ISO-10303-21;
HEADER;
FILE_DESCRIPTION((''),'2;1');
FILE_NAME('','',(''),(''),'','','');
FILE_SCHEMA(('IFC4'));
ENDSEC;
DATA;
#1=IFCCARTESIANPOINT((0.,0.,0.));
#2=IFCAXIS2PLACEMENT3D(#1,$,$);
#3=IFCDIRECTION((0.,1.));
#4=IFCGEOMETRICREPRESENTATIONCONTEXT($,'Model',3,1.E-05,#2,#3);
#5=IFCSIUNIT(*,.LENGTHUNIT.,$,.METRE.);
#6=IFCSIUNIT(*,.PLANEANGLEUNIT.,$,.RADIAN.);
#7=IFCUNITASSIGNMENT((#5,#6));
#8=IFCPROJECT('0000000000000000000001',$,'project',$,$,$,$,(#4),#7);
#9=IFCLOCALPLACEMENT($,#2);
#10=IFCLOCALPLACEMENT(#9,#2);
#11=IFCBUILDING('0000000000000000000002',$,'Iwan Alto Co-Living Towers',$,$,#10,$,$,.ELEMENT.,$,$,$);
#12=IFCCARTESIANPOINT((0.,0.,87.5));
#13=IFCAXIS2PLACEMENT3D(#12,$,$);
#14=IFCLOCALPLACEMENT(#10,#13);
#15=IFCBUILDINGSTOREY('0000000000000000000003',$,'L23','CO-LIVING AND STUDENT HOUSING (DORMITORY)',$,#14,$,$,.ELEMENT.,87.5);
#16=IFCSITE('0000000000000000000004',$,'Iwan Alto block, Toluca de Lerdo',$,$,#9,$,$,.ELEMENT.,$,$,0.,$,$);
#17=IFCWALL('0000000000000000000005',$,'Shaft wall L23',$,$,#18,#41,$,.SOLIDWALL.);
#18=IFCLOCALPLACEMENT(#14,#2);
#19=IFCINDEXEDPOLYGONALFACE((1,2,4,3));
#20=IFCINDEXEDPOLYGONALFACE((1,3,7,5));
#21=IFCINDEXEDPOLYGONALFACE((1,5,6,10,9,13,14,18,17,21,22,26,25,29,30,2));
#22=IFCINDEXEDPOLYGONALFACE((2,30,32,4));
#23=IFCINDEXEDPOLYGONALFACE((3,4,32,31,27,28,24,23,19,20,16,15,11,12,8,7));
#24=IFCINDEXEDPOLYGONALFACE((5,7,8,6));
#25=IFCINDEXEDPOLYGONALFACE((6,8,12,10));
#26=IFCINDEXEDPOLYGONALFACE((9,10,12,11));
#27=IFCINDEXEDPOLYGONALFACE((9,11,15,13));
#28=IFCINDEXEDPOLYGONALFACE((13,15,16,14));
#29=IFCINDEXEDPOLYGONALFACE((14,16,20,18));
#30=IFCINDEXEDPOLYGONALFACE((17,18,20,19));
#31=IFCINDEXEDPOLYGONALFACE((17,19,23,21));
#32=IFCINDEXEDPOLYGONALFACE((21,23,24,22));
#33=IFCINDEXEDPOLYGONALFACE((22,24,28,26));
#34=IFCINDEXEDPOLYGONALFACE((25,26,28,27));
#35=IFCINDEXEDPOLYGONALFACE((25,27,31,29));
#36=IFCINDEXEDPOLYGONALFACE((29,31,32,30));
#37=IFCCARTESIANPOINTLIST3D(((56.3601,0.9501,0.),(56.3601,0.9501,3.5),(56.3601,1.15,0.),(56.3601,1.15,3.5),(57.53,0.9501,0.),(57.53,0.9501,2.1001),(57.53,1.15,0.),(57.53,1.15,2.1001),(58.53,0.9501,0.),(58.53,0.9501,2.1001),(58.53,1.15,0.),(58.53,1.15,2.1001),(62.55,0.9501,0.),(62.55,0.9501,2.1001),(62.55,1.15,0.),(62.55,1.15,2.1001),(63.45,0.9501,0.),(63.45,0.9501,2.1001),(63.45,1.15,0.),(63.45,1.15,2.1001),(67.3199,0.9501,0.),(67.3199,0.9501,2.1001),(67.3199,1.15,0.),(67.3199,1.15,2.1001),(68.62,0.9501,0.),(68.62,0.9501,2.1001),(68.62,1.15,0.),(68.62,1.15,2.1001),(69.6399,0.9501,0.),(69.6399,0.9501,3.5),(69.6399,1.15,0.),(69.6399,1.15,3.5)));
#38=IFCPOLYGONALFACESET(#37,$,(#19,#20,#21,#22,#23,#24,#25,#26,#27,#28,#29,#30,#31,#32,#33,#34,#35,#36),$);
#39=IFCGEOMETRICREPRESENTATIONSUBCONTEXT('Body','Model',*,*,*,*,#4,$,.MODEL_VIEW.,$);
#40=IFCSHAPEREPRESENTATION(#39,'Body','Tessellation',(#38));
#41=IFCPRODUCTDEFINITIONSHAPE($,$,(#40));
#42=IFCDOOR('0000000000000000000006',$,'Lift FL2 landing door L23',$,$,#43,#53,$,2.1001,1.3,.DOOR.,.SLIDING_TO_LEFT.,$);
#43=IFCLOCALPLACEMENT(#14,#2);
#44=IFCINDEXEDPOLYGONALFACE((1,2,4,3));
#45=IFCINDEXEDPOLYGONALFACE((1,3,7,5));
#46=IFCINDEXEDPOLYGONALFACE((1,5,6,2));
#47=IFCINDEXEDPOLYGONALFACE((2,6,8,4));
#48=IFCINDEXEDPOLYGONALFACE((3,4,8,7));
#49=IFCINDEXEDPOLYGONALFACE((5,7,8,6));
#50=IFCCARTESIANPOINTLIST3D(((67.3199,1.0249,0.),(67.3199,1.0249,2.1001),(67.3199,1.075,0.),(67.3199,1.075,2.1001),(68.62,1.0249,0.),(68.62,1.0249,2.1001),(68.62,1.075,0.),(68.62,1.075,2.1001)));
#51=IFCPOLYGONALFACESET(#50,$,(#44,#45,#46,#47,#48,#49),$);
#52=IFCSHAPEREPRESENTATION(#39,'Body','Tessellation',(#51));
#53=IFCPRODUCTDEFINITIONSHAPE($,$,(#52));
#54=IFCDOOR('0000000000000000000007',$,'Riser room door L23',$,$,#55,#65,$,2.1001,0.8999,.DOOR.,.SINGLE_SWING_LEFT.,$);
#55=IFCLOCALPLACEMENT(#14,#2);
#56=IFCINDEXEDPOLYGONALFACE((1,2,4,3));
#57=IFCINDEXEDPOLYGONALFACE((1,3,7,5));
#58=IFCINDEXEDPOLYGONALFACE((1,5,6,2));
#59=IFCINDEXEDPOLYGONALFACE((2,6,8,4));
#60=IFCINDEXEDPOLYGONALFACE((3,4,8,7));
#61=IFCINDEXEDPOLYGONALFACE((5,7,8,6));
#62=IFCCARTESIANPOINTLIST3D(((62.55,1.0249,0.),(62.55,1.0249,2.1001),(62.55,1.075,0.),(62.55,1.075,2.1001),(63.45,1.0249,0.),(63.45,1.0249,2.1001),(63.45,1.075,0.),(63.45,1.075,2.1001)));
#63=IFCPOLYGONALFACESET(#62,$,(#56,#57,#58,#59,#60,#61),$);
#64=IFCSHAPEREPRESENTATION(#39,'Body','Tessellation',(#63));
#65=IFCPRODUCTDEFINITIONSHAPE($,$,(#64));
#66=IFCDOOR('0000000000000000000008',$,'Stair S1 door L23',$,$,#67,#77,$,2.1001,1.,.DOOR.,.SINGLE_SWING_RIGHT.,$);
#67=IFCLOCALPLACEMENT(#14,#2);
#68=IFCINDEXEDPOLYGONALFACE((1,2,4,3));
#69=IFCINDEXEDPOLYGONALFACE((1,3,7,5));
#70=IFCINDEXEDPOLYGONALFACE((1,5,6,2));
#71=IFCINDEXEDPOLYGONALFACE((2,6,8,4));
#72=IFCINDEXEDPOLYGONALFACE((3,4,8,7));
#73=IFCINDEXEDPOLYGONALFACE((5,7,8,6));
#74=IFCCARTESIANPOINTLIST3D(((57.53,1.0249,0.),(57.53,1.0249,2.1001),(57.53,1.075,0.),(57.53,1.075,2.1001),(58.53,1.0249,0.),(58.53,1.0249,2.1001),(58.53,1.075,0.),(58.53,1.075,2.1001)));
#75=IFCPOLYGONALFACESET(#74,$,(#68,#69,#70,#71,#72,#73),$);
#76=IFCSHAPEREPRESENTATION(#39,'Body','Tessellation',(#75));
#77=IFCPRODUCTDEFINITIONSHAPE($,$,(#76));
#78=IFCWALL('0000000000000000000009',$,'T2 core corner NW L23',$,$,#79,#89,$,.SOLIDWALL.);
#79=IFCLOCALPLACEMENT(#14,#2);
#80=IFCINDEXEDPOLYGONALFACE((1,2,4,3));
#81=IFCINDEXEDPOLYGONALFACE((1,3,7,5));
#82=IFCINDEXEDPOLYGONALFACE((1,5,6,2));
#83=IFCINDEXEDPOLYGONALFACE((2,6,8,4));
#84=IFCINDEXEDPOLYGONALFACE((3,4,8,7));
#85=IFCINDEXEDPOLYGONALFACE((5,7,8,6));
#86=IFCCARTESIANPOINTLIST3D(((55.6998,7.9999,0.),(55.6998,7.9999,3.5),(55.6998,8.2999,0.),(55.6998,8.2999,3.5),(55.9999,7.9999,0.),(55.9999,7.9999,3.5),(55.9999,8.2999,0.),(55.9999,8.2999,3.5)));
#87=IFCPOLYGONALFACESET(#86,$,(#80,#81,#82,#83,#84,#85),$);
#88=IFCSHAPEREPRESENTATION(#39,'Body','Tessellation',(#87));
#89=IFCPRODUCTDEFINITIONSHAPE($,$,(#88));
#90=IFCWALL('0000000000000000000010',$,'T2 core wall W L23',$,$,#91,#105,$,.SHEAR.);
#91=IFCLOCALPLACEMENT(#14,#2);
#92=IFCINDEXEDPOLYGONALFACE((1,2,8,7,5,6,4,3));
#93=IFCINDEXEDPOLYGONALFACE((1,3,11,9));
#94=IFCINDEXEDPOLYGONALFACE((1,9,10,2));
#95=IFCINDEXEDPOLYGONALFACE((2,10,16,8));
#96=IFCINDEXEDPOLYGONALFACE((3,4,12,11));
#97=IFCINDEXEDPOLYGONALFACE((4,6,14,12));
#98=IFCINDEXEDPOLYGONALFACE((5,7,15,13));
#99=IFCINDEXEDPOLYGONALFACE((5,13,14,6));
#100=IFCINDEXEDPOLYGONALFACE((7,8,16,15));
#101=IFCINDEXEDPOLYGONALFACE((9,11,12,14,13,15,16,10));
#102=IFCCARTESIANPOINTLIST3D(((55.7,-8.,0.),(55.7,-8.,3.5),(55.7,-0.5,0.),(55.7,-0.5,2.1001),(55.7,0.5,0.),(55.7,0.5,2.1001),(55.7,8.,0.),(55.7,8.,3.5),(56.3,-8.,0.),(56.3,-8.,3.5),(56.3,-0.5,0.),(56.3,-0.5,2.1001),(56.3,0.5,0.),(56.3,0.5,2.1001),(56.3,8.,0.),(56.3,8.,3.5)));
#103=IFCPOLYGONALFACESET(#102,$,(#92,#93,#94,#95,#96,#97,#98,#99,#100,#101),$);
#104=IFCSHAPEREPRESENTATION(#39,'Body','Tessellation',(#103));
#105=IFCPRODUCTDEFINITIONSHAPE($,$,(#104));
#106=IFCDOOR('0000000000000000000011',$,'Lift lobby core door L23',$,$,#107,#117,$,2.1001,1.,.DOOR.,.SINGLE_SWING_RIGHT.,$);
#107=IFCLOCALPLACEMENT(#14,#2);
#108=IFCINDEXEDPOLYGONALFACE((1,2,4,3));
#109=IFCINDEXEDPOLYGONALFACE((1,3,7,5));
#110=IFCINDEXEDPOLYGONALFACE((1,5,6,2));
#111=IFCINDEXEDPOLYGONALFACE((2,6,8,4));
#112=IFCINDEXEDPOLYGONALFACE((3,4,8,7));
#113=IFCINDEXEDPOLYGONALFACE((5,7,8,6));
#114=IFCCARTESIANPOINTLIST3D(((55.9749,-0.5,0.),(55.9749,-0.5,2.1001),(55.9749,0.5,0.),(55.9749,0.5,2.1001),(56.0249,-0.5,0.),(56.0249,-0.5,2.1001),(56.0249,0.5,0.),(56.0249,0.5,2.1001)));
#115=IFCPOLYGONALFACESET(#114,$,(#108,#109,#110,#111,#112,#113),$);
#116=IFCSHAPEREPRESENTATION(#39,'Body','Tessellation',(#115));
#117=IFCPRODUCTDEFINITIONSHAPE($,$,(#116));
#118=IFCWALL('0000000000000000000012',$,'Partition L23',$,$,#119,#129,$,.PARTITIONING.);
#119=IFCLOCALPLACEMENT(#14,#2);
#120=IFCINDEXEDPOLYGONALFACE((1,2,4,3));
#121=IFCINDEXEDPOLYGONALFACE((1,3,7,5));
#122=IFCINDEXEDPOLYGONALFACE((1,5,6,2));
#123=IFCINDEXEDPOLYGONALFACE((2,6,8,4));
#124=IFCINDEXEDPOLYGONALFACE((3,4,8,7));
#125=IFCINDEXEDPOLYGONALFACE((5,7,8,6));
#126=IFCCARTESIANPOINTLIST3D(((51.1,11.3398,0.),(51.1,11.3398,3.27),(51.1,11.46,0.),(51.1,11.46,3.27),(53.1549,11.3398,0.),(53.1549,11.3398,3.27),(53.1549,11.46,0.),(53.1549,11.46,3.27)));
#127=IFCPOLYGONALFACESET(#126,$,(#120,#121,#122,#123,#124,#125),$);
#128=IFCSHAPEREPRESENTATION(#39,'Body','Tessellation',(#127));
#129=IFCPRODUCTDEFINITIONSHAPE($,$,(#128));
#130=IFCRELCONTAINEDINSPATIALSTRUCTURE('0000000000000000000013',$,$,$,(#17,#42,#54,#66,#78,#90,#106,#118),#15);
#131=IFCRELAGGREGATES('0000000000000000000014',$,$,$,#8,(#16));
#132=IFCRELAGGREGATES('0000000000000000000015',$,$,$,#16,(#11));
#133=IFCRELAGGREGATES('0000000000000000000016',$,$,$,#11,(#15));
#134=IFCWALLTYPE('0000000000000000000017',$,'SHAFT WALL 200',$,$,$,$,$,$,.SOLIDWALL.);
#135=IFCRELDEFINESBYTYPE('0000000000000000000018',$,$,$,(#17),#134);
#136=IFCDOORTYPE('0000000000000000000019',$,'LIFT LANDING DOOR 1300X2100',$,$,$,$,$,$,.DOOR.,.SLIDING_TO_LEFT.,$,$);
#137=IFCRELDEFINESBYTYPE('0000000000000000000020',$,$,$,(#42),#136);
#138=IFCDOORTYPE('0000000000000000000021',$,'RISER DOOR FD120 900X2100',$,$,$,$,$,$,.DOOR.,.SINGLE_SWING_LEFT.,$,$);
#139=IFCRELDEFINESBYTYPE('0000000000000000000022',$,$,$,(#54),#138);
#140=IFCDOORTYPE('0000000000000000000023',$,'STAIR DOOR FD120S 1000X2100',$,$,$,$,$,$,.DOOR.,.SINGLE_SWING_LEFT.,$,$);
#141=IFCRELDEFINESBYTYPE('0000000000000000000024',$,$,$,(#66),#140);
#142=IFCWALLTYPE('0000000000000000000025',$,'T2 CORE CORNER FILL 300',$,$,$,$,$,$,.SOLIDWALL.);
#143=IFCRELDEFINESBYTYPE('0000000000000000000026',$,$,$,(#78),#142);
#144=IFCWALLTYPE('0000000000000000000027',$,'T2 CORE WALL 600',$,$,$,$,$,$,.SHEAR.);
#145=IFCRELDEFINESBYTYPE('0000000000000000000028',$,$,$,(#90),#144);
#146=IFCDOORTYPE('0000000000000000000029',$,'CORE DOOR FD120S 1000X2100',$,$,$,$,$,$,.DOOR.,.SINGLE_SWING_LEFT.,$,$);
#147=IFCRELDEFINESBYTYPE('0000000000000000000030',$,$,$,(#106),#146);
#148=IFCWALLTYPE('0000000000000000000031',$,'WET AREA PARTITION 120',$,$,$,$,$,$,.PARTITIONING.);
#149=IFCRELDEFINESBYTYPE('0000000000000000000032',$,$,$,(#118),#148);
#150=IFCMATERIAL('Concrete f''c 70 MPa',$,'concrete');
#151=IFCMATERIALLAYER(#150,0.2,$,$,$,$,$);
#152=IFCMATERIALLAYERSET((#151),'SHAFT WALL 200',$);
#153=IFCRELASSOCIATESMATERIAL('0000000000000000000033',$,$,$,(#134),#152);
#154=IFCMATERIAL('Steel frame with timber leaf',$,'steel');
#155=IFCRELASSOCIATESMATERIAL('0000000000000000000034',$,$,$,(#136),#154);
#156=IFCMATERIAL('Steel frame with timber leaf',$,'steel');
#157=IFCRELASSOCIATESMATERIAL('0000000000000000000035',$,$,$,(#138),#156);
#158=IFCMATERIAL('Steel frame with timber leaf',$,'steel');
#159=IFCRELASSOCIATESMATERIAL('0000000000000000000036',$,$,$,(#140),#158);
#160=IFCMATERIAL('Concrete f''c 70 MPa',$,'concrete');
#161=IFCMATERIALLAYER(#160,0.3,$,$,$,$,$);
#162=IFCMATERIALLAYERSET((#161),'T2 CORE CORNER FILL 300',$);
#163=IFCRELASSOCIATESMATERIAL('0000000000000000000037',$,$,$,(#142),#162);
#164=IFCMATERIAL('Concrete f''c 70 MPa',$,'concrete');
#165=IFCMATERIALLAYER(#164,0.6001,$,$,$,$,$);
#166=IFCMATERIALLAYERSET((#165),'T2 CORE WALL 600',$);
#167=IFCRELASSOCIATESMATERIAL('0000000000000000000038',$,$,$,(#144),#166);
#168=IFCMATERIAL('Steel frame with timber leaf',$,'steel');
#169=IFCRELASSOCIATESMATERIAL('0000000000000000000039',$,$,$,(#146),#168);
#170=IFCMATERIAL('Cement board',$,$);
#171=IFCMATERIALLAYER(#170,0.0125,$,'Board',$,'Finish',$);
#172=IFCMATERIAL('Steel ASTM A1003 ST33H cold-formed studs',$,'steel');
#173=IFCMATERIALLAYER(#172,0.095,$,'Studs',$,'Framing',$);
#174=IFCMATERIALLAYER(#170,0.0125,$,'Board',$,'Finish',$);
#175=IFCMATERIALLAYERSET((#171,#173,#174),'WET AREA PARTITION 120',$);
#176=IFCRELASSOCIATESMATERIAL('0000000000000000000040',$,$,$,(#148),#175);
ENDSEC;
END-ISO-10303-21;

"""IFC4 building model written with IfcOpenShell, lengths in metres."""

from ifc_helpers import new_model, si_unit, direction, frame, frame_2d, origin, place, context, subcontext, project, spatial, rectangle, extrude, material, layer, layer_set, type_object, element, fill, save


model = new_model("IFC4")

# Units and contexts
model_context = context("Model", 3, precision=1e-05, world=origin(), true_north=direction((0.0, 1.0)))
body_context = subcontext(model_context, "Body", "Model", "MODEL_VIEW")
ifc_project = project(units=[si_unit("LENGTHUNIT", "METRE"), si_unit("PLANEANGLEUNIT", "RADIAN")], contexts=[model_context])

# Site, building, storey
site_placement = place(None, origin())
site = spatial("IfcSite", under=ifc_project, at=site_placement, Name="Iwan Alto block, Toluca de Lerdo", CompositionType="ELEMENT", RefElevation=0.0)
building_placement = place(site_placement, origin())
building = spatial("IfcBuilding", under=site, at=building_placement, Name="Iwan Alto Co-Living Towers", CompositionType="ELEMENT")
storey_placement = place(building_placement, frame((0.0, 0.0, 87.5)))
storey = spatial("IfcBuildingStorey", under=building, at=storey_placement, Name="L23", Description="CO-LIVING AND STUDENT HOUSING (DORMITORY)", CompositionType="ELEMENT", Elevation=87.5)

# Shared definitions
ifc_material_1 = material(Name="Steel ASTM A1003 ST33H cold-formed studs", Category="steel")

# Wall, openings, doors
ifc_material_2 = material(Name="Concrete f'c 70 MPa", Category="concrete")
ifc_layer_1 = layer(ifc_material_2, 0.2)
ifc_layer_set_1 = layer_set([ifc_layer_1], Name="SHAFT WALL 200")
wall_type_1 = type_object("IfcWallType", Name="SHAFT WALL 200", PredefinedType="SOLIDWALL", material=ifc_layer_set_1)
wall_1_placement = place(storey_placement, frame((56.3601, 1.05, 0.0), z_axis=(0.0, 0.0, 1.0), x_axis=(1.0, 0.0, 0.0)))
wall_1 = element("IfcWall", 1, at=wall_1_placement, inside=storey, type_object=wall_type_1, Name="Shaft wall L23", PredefinedType="SOLIDWALL", context=body_context, shape_type="SweptSolid", body=[
    extrude(rectangle(XDim=13.2798, YDim=0.2, at=frame_2d((6.6399, 0.0))), origin(), (0.0, 0.0, 1.0), 3.5),
])
opening_1_placement = place(wall_1_placement, frame((1.1699, 0.0, 0.0)))
opening_1 = element("IfcOpeningElement", 2, at=opening_1_placement, cuts=wall_1, PredefinedType="OPENING", context=body_context, shape_type="SweptSolid", body=[
    extrude(rectangle(XDim=1.0, YDim=2.1001, at=frame_2d((0.5, 1.05))), frame((0.0, 0.1099, 0.0), z_axis=(0.0, -1.0, 0.0), x_axis=(1.0, 0.0, 0.0)), (0.0, 0.0, 1.0), 0.22),
])
opening_2_placement = place(wall_1_placement, frame((6.1899, 0.0, 0.0)))
opening_2 = element("IfcOpeningElement", 3, at=opening_2_placement, cuts=wall_1, PredefinedType="OPENING", context=body_context, shape_type="SweptSolid", body=[
    extrude(rectangle(XDim=0.8999, YDim=2.1001, at=frame_2d((0.45, 1.05))), frame((0.0, 0.1099, 0.0), z_axis=(0.0, -1.0, 0.0), x_axis=(1.0, 0.0, 0.0)), (0.0, 0.0, 1.0), 0.22),
])
opening_3_placement = place(wall_1_placement, frame((10.96, 0.0, 0.0)))
opening_3 = element("IfcOpeningElement", 4, at=opening_3_placement, cuts=wall_1, PredefinedType="OPENING", context=body_context, shape_type="SweptSolid", body=[
    extrude(rectangle(XDim=1.3, YDim=2.1001, at=frame_2d((0.6499, 1.05))), frame((0.0, 0.1099, 0.0), z_axis=(0.0, -1.0, 0.0), x_axis=(1.0, 0.0, 0.0)), (0.0, 0.0, 1.0), 0.22),
])
ifc_material_3 = material(Name="Steel frame with timber leaf", Category="steel")
door_type_1 = type_object("IfcDoorType", Name="LIFT LANDING DOOR 1300X2100", OperationType="SLIDING_TO_LEFT", PredefinedType="DOOR", material=ifc_material_3)
door_1_placement = place(opening_3_placement, origin())
door_1 = element("IfcDoor", 5, at=door_1_placement, inside=storey, type_object=door_type_1, Name="Lift FL2 landing door L23", OperationType="SLIDING_TO_LEFT", OverallHeight=2.1001, OverallWidth=1.3, PredefinedType="DOOR", context=body_context, shape_type="SweptSolid", body=[
    extrude(rectangle(XDim=1.3, YDim=2.1001, at=frame_2d((0.6499, 1.05))), frame((0.0, 0.0249, 0.0), z_axis=(0.0, -1.0, 0.0), x_axis=(1.0, 0.0, 0.0)), (0.0, 0.0, 1.0), 0.05),
])
fill(opening_3, door_1)
ifc_material_4 = material(Name="Steel frame with timber leaf", Category="steel")
door_type_2 = type_object("IfcDoorType", Name="RISER DOOR FD120 900X2100", OperationType="SINGLE_SWING_LEFT", PredefinedType="DOOR", material=ifc_material_4)
door_2_placement = place(opening_2_placement, origin())
door_2 = element("IfcDoor", 6, at=door_2_placement, inside=storey, type_object=door_type_2, Name="Riser room door L23", OperationType="SINGLE_SWING_LEFT", OverallHeight=2.1001, OverallWidth=0.8999, PredefinedType="DOOR", context=body_context, shape_type="SweptSolid", body=[
    extrude(rectangle(XDim=0.8999, YDim=2.1001, at=frame_2d((0.45, 1.05))), frame((0.0, 0.0249, 0.0), z_axis=(0.0, -1.0, 0.0), x_axis=(1.0, 0.0, 0.0)), (0.0, 0.0, 1.0), 0.05),
])
fill(opening_2, door_2)
ifc_material_5 = material(Name="Steel frame with timber leaf", Category="steel")
door_type_3 = type_object("IfcDoorType", Name="STAIR DOOR FD120S 1000X2100", OperationType="SINGLE_SWING_LEFT", PredefinedType="DOOR", material=ifc_material_5)
door_3_placement = place(opening_1_placement, origin())
door_3 = element("IfcDoor", 7, at=door_3_placement, inside=storey, type_object=door_type_3, Name="Stair S1 door L23", OperationType="SINGLE_SWING_RIGHT", OverallHeight=2.1001, OverallWidth=1.0, PredefinedType="DOOR", context=body_context, shape_type="SweptSolid", body=[
    extrude(rectangle(XDim=1.0, YDim=2.1001, at=frame_2d((0.5, 1.05))), frame((0.0, 0.0249, 0.0), z_axis=(0.0, -1.0, 0.0), x_axis=(1.0, 0.0, 0.0)), (0.0, 0.0, 1.0), 0.05),
])
fill(opening_1, door_3)

# Wall
ifc_material_6 = material(Name="Concrete f'c 70 MPa", Category="concrete")
ifc_layer_2 = layer(ifc_material_6, 0.3)
ifc_layer_set_2 = layer_set([ifc_layer_2], Name="T2 CORE CORNER FILL 300")
wall_type_2 = type_object("IfcWallType", Name="T2 CORE CORNER FILL 300", PredefinedType="SOLIDWALL", material=ifc_layer_set_2)
wall_2_placement = place(storey_placement, frame((55.7, 8.1499, 0.0), z_axis=(0.0, 0.0, 1.0), x_axis=(1.0, 0.0, 0.0)))
element("IfcWall", 8, at=wall_2_placement, inside=storey, type_object=wall_type_2, Name="T2 core corner NW L23", PredefinedType="SOLIDWALL", context=body_context, shape_type="SweptSolid", body=[
    extrude(rectangle(XDim=0.3, YDim=0.3, at=frame_2d((0.1499, 0.0))), origin(), (0.0, 0.0, 1.0), 3.5),
])

# Wall, opening, door
ifc_material_7 = material(Name="Concrete f'c 70 MPa", Category="concrete")
ifc_layer_3 = layer(ifc_material_7, 0.6001)
ifc_layer_set_3 = layer_set([ifc_layer_3], Name="T2 CORE WALL 600")
wall_type_3 = type_object("IfcWallType", Name="T2 CORE WALL 600", PredefinedType="SHEAR", material=ifc_layer_set_3)
wall_3_placement = place(storey_placement, frame((56.0, 8.0, 0.0), z_axis=(0.0, 0.0, 1.0), x_axis=(0.0, -1.0, 0.0)))
wall_3 = element("IfcWall", 9, at=wall_3_placement, inside=storey, type_object=wall_type_3, Name="T2 core wall W L23", PredefinedType="SHEAR", context=body_context, shape_type="SweptSolid", body=[
    extrude(rectangle(XDim=16.0, YDim=0.6001, at=frame_2d((8.0, 0.0))), origin(), (0.0, 0.0, 1.0), 3.5),
])
opening_4_placement = place(wall_3_placement, frame((7.5, 0.0, 0.0)))
opening_4 = element("IfcOpeningElement", 10, at=opening_4_placement, cuts=wall_3, PredefinedType="OPENING", context=body_context, shape_type="SweptSolid", body=[
    extrude(rectangle(XDim=1.0, YDim=2.1001, at=frame_2d((0.5, 1.05))), frame((0.0, 0.3101, 0.0), z_axis=(0.0, -1.0, 0.0), x_axis=(1.0, 0.0, 0.0)), (0.0, 0.0, 1.0), 0.6201),
])
ifc_material_8 = material(Name="Steel frame with timber leaf", Category="steel")
door_type_4 = type_object("IfcDoorType", Name="CORE DOOR FD120S 1000X2100", OperationType="SINGLE_SWING_LEFT", PredefinedType="DOOR", material=ifc_material_8)
door_4_placement = place(opening_4_placement, origin())
door_4 = element("IfcDoor", 11, at=door_4_placement, inside=storey, type_object=door_type_4, Name="Lift lobby core door L23", OperationType="SINGLE_SWING_RIGHT", OverallHeight=2.1001, OverallWidth=1.0, PredefinedType="DOOR", context=body_context, shape_type="SweptSolid", body=[
    extrude(rectangle(XDim=1.0, YDim=2.1001, at=frame_2d((0.5, 1.05))), frame((0.0, 0.0249, 0.0), z_axis=(0.0, -1.0, 0.0), x_axis=(1.0, 0.0, 0.0)), (0.0, 0.0, 1.0), 0.05),
])
fill(opening_4, door_4)

# Wall
ifc_material_9 = material(Name="Cement board")
ifc_layer_4 = layer(ifc_material_9, 0.0125, Name="Board", Category="Finish")
ifc_layer_5 = layer(ifc_material_1, 0.095, Name="Studs", Category="Framing")
ifc_layer_6 = layer(ifc_material_9, 0.0125, Name="Board", Category="Finish")
ifc_layer_set_4 = layer_set([ifc_layer_4, ifc_layer_5, ifc_layer_6], Name="WET AREA PARTITION 120")
wall_type_4 = type_object("IfcWallType", Name="WET AREA PARTITION 120", PredefinedType="PARTITIONING", material=ifc_layer_set_4)
wall_4_placement = place(storey_placement, frame((51.1001, 11.3999, 0.0), z_axis=(0.0, 0.0, 1.0), x_axis=(1.0, 0.0, 0.0)))
element("IfcWall", 12, at=wall_4_placement, inside=storey, type_object=wall_type_4, Name="Partition L23", PredefinedType="PARTITIONING", context=body_context, shape_type="SweptSolid", body=[
    extrude(rectangle(XDim=2.0549, YDim=0.1201, at=frame_2d((1.0273, 0.0))), origin(), (0.0, 0.0, 1.0), 3.27),
])

save(model, "model.ifc")
